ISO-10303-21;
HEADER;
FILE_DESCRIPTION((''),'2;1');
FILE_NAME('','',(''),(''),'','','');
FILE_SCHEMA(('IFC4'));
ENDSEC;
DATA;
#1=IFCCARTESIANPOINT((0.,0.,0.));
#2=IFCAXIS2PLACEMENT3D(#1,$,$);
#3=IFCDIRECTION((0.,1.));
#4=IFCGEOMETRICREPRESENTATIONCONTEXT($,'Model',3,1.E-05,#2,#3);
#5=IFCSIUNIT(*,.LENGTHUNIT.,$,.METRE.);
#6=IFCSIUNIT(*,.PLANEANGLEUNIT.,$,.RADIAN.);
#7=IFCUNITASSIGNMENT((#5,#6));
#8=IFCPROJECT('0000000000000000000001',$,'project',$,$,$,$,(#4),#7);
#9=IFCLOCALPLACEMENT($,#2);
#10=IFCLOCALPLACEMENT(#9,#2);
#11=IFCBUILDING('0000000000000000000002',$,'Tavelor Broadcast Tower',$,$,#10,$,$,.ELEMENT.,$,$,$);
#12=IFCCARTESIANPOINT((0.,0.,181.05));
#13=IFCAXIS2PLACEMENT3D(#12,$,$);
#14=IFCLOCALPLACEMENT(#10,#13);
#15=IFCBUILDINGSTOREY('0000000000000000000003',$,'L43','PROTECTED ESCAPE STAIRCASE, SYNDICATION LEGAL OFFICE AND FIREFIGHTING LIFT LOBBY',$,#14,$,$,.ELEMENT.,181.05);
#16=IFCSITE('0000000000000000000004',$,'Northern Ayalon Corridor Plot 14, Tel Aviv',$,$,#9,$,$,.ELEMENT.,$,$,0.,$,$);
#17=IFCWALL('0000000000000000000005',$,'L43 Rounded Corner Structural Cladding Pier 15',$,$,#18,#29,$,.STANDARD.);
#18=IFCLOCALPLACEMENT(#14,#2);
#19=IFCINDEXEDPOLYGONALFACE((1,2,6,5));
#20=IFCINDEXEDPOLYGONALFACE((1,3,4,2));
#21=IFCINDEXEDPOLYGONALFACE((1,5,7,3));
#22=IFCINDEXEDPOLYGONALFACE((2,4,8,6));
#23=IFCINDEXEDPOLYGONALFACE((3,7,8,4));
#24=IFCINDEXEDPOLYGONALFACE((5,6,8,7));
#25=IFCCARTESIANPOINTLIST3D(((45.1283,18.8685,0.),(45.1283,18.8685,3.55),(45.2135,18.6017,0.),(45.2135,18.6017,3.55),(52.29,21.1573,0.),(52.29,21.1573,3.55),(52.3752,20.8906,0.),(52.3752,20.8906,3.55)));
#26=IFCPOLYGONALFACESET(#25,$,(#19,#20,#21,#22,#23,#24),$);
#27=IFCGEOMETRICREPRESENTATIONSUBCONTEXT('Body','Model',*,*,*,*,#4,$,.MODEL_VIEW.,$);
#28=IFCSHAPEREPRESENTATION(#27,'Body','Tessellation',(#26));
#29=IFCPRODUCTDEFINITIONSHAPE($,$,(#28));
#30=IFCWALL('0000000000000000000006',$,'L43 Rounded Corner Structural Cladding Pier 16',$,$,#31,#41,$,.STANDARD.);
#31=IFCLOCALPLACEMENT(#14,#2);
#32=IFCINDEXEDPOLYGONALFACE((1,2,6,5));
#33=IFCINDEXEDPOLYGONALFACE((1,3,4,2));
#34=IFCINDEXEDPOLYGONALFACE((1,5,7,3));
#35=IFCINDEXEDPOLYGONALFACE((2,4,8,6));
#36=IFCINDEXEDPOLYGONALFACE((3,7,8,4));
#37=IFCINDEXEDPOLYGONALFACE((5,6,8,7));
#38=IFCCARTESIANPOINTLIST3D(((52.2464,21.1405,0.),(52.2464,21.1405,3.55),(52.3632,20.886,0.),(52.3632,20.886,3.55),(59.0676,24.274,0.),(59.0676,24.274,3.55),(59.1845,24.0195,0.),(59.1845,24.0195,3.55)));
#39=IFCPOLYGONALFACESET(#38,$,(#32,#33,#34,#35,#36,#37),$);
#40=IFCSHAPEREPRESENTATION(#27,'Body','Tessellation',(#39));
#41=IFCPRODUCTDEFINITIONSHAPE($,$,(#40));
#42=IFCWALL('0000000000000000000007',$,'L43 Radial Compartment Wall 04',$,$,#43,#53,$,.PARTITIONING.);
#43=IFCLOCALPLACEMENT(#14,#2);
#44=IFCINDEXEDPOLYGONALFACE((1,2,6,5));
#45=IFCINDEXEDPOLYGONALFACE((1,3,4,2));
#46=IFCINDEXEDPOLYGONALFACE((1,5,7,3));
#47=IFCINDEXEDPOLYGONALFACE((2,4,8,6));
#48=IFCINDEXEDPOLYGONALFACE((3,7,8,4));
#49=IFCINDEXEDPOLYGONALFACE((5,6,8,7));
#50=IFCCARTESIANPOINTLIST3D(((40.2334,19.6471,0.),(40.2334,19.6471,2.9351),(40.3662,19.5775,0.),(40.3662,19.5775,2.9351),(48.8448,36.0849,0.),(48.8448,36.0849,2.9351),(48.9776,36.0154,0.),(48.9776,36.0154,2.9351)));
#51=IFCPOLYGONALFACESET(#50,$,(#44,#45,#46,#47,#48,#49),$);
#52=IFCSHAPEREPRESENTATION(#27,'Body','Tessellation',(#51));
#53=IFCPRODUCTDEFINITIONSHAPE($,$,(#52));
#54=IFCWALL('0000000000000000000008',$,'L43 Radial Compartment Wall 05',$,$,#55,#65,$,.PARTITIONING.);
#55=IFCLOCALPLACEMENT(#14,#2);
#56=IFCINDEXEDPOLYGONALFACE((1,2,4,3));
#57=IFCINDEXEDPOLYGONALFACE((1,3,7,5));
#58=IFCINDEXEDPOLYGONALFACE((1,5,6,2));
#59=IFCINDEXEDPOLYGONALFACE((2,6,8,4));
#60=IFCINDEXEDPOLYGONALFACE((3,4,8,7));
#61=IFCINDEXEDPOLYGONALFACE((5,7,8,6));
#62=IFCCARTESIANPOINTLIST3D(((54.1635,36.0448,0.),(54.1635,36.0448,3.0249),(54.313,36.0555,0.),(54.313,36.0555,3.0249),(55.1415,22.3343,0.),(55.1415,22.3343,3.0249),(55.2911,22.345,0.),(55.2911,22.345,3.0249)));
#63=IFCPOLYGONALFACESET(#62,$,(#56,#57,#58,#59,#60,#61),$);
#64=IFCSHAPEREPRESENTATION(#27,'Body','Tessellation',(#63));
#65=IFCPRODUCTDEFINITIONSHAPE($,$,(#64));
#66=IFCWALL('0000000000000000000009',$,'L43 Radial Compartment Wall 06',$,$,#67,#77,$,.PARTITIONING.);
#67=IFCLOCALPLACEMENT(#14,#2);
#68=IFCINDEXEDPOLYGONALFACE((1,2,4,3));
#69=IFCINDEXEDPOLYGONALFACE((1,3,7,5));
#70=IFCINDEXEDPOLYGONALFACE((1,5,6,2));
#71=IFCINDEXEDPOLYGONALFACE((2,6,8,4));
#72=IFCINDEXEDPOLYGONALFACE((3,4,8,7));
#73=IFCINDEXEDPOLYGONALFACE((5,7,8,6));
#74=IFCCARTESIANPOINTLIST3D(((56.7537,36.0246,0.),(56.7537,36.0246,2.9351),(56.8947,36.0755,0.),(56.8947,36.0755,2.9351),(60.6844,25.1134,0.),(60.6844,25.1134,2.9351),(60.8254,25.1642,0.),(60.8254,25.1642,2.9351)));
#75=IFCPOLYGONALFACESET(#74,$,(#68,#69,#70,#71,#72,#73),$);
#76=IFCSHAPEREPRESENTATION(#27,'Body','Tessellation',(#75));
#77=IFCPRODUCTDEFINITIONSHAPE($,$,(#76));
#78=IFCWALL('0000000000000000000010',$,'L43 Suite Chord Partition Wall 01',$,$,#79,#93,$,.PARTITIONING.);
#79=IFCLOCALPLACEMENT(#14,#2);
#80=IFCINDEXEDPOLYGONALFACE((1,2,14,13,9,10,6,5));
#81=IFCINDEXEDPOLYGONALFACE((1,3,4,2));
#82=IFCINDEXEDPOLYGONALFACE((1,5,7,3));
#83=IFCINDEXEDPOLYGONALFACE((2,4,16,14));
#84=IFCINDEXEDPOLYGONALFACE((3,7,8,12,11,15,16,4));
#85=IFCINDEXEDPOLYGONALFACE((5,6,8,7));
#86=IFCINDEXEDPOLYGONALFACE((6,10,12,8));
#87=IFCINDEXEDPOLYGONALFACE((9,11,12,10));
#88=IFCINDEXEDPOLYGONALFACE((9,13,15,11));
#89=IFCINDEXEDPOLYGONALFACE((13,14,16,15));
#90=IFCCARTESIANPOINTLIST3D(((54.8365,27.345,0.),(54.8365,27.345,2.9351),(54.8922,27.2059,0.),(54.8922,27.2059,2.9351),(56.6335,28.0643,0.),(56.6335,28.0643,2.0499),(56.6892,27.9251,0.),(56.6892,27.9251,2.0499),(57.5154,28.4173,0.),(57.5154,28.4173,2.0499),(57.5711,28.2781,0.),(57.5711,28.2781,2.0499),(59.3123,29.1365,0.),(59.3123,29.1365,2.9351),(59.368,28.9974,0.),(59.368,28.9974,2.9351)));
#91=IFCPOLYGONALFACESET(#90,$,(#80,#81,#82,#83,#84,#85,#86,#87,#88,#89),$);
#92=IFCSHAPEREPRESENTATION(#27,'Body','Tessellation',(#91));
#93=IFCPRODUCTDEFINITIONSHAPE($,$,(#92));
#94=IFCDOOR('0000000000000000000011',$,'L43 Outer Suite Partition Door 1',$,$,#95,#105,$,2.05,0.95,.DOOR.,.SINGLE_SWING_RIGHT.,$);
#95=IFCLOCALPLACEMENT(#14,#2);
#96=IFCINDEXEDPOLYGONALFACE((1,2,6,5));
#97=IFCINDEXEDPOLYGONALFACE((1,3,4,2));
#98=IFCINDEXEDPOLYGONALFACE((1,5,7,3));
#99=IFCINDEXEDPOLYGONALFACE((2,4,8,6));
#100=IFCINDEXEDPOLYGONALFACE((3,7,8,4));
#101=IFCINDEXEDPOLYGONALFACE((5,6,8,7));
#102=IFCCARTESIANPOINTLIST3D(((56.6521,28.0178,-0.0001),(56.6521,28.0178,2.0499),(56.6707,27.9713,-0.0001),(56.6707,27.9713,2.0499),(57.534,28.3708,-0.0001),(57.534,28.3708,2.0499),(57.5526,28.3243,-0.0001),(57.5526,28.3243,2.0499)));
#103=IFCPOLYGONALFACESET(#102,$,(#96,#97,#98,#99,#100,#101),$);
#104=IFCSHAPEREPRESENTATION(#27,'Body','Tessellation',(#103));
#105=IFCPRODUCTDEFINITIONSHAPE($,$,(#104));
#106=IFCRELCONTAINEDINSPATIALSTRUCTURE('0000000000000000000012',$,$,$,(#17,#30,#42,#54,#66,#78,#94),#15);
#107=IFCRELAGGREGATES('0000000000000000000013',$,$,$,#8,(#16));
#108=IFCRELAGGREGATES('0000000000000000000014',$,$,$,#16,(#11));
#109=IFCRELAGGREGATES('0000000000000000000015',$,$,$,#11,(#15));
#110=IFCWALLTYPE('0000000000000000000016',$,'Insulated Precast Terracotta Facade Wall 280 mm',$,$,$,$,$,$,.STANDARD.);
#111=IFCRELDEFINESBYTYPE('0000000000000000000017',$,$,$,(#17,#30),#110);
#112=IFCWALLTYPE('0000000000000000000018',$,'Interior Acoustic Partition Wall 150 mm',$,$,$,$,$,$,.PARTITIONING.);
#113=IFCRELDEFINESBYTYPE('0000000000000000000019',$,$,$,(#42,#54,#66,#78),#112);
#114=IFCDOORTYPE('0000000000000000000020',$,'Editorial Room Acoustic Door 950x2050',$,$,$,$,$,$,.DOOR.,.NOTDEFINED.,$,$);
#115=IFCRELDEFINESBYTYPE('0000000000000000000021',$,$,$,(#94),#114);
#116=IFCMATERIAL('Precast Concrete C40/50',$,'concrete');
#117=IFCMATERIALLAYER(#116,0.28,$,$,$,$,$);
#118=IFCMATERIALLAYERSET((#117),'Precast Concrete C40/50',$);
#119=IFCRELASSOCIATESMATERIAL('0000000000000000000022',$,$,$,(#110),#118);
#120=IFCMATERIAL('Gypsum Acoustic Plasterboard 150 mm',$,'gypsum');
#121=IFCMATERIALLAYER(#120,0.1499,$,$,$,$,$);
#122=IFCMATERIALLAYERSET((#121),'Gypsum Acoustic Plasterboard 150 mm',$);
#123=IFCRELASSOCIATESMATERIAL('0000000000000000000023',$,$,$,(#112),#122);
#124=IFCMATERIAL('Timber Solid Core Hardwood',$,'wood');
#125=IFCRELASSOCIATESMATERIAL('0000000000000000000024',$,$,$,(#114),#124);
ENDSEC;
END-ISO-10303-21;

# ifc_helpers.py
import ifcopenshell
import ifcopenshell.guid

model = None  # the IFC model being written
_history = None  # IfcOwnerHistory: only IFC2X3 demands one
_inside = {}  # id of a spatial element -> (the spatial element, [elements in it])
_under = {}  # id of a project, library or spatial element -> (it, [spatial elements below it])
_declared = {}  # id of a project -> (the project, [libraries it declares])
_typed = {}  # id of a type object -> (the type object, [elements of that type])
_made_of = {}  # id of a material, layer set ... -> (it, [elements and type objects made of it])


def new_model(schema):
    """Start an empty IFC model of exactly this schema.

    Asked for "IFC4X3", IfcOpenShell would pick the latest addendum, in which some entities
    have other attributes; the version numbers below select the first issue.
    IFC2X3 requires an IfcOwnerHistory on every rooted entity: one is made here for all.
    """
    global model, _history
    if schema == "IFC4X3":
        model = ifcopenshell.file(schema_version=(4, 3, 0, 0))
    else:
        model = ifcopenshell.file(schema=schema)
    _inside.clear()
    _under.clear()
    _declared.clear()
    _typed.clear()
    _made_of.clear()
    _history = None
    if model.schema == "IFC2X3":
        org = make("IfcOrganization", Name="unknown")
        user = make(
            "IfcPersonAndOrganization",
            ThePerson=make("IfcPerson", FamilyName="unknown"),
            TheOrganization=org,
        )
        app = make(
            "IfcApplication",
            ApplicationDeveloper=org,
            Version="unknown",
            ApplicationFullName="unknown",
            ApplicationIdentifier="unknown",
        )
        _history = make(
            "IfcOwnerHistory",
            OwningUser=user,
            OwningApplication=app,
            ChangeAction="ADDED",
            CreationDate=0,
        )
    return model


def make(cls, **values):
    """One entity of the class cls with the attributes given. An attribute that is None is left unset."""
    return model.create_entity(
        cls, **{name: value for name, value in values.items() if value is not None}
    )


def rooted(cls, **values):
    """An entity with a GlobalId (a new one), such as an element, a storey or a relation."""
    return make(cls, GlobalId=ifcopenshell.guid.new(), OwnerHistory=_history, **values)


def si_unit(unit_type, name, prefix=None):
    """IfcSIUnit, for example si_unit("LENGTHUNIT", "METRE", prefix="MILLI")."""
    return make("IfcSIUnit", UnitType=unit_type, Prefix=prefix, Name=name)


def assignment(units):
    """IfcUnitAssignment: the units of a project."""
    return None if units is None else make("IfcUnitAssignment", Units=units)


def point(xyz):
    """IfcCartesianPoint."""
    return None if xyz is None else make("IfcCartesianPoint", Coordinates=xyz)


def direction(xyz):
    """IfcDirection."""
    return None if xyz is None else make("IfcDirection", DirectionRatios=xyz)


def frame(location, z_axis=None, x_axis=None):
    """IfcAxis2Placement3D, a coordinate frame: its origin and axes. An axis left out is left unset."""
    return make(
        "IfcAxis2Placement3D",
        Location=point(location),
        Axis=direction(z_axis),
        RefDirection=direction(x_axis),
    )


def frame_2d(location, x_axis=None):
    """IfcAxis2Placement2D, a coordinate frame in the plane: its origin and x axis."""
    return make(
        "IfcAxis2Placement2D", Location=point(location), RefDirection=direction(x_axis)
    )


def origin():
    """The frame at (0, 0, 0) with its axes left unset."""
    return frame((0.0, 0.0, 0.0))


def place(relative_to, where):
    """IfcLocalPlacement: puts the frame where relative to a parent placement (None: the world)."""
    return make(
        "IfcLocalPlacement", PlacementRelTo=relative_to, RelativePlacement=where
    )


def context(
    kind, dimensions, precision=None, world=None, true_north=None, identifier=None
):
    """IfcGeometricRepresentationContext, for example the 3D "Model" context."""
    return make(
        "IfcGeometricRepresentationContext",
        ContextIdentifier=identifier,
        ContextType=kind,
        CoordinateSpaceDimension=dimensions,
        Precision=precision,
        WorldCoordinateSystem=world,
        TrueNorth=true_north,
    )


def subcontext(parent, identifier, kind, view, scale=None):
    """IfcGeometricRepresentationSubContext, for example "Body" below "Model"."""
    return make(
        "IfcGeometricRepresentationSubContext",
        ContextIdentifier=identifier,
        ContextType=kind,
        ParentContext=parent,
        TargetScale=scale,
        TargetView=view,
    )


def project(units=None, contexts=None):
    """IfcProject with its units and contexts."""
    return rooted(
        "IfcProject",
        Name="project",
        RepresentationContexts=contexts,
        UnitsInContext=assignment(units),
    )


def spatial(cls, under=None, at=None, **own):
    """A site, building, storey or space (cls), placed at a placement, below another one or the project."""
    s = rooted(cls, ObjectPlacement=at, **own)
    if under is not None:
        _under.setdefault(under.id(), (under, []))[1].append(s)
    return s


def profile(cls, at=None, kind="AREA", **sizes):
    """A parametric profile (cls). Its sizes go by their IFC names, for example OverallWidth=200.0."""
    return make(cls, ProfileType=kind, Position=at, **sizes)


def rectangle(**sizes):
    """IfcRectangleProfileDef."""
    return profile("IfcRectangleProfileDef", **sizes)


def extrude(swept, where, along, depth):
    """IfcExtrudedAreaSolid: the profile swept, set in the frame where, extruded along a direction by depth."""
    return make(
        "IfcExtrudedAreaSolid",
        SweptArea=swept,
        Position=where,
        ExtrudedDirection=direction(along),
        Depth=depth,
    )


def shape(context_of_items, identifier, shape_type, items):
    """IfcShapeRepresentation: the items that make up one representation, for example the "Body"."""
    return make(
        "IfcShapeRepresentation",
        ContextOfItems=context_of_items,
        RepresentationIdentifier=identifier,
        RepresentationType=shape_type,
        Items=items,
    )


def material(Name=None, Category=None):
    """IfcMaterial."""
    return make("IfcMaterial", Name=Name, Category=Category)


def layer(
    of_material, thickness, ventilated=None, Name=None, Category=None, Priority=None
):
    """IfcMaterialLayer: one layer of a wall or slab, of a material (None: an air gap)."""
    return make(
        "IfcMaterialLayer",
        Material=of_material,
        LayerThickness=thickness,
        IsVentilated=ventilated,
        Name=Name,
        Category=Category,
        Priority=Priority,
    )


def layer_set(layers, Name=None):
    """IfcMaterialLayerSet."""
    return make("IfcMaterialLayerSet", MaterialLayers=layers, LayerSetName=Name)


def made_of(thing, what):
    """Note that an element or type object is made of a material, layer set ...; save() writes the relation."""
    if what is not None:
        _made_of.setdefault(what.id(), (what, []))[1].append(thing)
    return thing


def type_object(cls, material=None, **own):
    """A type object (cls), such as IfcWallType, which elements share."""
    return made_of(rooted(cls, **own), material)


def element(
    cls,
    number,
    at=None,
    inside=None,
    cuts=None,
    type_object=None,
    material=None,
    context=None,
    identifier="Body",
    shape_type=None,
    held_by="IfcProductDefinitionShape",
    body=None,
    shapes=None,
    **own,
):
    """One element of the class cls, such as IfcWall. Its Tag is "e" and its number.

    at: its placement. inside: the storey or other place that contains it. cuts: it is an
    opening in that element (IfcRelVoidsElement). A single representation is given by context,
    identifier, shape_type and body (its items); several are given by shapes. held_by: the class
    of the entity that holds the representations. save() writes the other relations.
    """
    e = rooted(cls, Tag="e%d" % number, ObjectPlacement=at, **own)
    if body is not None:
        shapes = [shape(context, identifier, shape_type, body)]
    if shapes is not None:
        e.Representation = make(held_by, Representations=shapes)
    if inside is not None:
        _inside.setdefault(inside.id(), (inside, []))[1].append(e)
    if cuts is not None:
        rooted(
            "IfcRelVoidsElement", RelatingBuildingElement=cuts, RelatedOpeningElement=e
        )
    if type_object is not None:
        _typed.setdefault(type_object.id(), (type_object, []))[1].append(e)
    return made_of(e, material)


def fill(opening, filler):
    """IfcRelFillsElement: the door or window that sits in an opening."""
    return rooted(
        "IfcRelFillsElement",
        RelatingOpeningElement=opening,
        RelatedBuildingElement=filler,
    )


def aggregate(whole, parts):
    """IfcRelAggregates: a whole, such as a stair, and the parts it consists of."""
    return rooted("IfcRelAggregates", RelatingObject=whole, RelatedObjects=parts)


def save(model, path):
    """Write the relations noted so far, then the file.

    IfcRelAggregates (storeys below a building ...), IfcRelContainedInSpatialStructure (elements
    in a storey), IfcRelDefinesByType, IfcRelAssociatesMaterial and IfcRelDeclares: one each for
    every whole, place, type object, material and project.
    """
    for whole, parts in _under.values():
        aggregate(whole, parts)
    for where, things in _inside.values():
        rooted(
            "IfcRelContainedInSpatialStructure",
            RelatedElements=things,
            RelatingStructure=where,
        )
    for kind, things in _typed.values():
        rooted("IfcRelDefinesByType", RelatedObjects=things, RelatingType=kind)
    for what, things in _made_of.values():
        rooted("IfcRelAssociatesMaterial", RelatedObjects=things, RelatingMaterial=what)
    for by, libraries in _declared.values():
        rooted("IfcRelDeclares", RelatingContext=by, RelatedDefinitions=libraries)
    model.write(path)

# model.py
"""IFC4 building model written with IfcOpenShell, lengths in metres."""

from ifc_helpers import new_model, si_unit, direction, frame, frame_2d, origin, place, context, subcontext, project, spatial, rectangle, extrude, material, layer, layer_set, type_object, element, fill, save


model = new_model("IFC4")

# Units and contexts
model_context = context("Model", 3, precision=1e-05, world=origin(), true_north=direction((0.0, 1.0)))
body_context = subcontext(model_context, "Body", "Model", "MODEL_VIEW")
ifc_project = project(units=[si_unit("LENGTHUNIT", "METRE"), si_unit("PLANEANGLEUNIT", "RADIAN")], contexts=[model_context])

# Site, building, storey
site_placement = place(None, origin())
site = spatial("IfcSite", under=ifc_project, at=site_placement, Name="Northern Ayalon Corridor Plot 14, Tel Aviv", CompositionType="ELEMENT", RefElevation=0.0)
building_placement = place(site_placement, origin())
building = spatial("IfcBuilding", under=site, at=building_placement, Name="Tavelor Broadcast Tower", CompositionType="ELEMENT")
storey_placement = place(building_placement, frame((0.0, 0.0, 181.05)))
storey = spatial("IfcBuildingStorey", under=building, at=storey_placement, Name="L43", Description="PROTECTED ESCAPE STAIRCASE, SYNDICATION LEGAL OFFICE AND FIREFIGHTING LIFT LOBBY", CompositionType="ELEMENT", Elevation=181.05)

# Shared definitions
ifc_material_1 = material(Name="Timber Solid Core Hardwood", Category="wood")

# Walls
ifc_material_2 = material(Name="Precast Concrete C40/50", Category="concrete")
ifc_layer_1 = layer(ifc_material_2, 0.28)
ifc_layer_set_1 = layer_set([ifc_layer_1], Name="Precast Concrete C40/50")
wall_type_1 = type_object("IfcWallType", Name="Insulated Precast Terracotta Facade Wall 280 mm", PredefinedType="STANDARD", material=ifc_layer_set_1)
wall_1_placement = place(storey_placement, frame((45.1709, 18.7351, 0.0), z_axis=(0.0, 0.0, 1.0), x_axis=(0.952536, 0.304426, 0.0)))
element("IfcWall", 1, at=wall_1_placement, inside=storey, type_object=wall_type_1, Name="L43 Rounded Corner Structural Cladding Pier 15", PredefinedType="STANDARD", context=body_context, shape_type="SweptSolid", body=[
    extrude(rectangle(XDim=7.5186, YDim=0.28, at=frame_2d((3.7593, 0.0))), origin(), (0.0, 0.0, 1.0), 3.55),
])
wall_2_placement = place(storey_placement, frame((52.3047, 21.0132, 0.0), z_axis=(0.0, 0.0, 1.0), x_axis=(0.908705, 0.417438, 0.0)))
element("IfcWall", 2, at=wall_2_placement, inside=storey, type_object=wall_type_1, Name="L43 Rounded Corner Structural Cladding Pier 16", PredefinedType="STANDARD", context=body_context, shape_type="SweptSolid", body=[
    extrude(rectangle(XDim=7.5066, YDim=0.28, at=frame_2d((3.7534, 0.0))), origin(), (0.0, 0.0, 1.0), 3.55),
])
ifc_material_3 = material(Name="Gypsum Acoustic Plasterboard 150 mm", Category="gypsum")
ifc_layer_2 = layer(ifc_material_3, 0.1499)
ifc_layer_set_2 = layer_set([ifc_layer_2], Name="Gypsum Acoustic Plasterboard 150 mm")
wall_type_2 = type_object("IfcWallType", Name="Interior Acoustic Partition Wall 150 mm", PredefinedType="PARTITIONING", material=ifc_layer_set_2)
wall_3_placement = place(storey_placement, frame((48.9111, 36.05, 0.0), z_axis=(0.0, 0.0, 1.0), x_axis=(-0.464053, -0.885808, 0.0)))
element("IfcWall", 3, at=wall_3_placement, inside=storey, type_object=wall_type_2, Name="L43 Radial Compartment Wall 04", PredefinedType="PARTITIONING", context=body_context, shape_type="SweptSolid", body=[
    extrude(rectangle(XDim=18.5569, YDim=0.1499, at=frame_2d((9.2783, 0.0))), origin(), (0.0, 0.0, 1.0), 2.9351),
])
wall_4_placement = place(storey_placement, frame((54.2383, 36.05, 0.0), z_axis=(0.0, 0.0, 1.0), x_axis=(0.071154, -0.997465, 0.0)))
element("IfcWall", 4, at=wall_4_placement, inside=storey, type_object=wall_type_2, Name="L43 Radial Compartment Wall 05", PredefinedType="PARTITIONING", context=body_context, shape_type="SweptSolid", body=[
    extrude(rectangle(XDim=13.7454, YDim=0.1499, at=frame_2d((6.8726, 0.0))), origin(), (0.0, 0.0, 1.0), 3.0249),
])
wall_5_placement = place(storey_placement, frame((56.8242, 36.05, 0.0), z_axis=(0.0, 0.0, 1.0), x_axis=(0.338922, -0.940814, 0.0)))
element("IfcWall", 5, at=wall_5_placement, inside=storey, type_object=wall_type_2, Name="L43 Radial Compartment Wall 06", PredefinedType="PARTITIONING", context=body_context, shape_type="SweptSolid", body=[
    extrude(rectangle(XDim=11.5977, YDim=0.1499, at=frame_2d((5.7988, 0.0))), origin(), (0.0, 0.0, 1.0), 2.9351),
])

# Wall, opening, door
wall_6_placement = place(storey_placement, frame((54.8643, 27.2754, 0.0), z_axis=(0.0, 0.0, 1.0), x_axis=(0.928393, 0.3716, 0.0)))
wall_6 = element("IfcWall", 6, at=wall_6_placement, inside=storey, type_object=wall_type_2, Name="L43 Suite Chord Partition Wall 01", PredefinedType="PARTITIONING", context=body_context, shape_type="SweptSolid", body=[
    extrude(rectangle(XDim=4.821, YDim=0.1499, at=frame_2d((2.4106, 0.0))), origin(), (0.0, 0.0, 1.0), 2.9351),
])
opening_1_placement = place(wall_6_placement, frame((1.9355, 0.0, 0.0)))
opening_1 = element("IfcOpeningElement", 7, at=opening_1_placement, cuts=wall_6, PredefinedType="OPENING", context=body_context, shape_type="SweptSolid", body=[
    extrude(rectangle(XDim=0.95, YDim=2.05, at=frame_2d((0.4751, 1.0249))), frame((0.0, 0.085, 0.0), z_axis=(0.0, -1.0, 0.0), x_axis=(1.0, 0.0, 0.0)), (0.0, 0.0, 1.0), 0.1699),
])
door_type_1 = type_object("IfcDoorType", Name="Editorial Room Acoustic Door 950x2050", OperationType="NOTDEFINED", PredefinedType="DOOR", material=ifc_material_1)
door_1_placement = place(opening_1_placement, origin())
door_1 = element("IfcDoor", 8, at=door_1_placement, inside=storey, type_object=door_type_1, Name="L43 Outer Suite Partition Door 1", OperationType="SINGLE_SWING_RIGHT", OverallHeight=2.05, OverallWidth=0.95, PredefinedType="DOOR", context=body_context, shape_type="SweptSolid", body=[
    extrude(rectangle(XDim=0.95, YDim=2.05, at=frame_2d((0.4751, 1.0249))), frame((0.0, 0.0249, 0.0), z_axis=(0.0, -1.0, 0.0), x_axis=(1.0, 0.0, 0.0)), (0.0, 0.0, 1.0), 0.05),
])
fill(opening_1, door_1)

save(model, "model.ifc")
